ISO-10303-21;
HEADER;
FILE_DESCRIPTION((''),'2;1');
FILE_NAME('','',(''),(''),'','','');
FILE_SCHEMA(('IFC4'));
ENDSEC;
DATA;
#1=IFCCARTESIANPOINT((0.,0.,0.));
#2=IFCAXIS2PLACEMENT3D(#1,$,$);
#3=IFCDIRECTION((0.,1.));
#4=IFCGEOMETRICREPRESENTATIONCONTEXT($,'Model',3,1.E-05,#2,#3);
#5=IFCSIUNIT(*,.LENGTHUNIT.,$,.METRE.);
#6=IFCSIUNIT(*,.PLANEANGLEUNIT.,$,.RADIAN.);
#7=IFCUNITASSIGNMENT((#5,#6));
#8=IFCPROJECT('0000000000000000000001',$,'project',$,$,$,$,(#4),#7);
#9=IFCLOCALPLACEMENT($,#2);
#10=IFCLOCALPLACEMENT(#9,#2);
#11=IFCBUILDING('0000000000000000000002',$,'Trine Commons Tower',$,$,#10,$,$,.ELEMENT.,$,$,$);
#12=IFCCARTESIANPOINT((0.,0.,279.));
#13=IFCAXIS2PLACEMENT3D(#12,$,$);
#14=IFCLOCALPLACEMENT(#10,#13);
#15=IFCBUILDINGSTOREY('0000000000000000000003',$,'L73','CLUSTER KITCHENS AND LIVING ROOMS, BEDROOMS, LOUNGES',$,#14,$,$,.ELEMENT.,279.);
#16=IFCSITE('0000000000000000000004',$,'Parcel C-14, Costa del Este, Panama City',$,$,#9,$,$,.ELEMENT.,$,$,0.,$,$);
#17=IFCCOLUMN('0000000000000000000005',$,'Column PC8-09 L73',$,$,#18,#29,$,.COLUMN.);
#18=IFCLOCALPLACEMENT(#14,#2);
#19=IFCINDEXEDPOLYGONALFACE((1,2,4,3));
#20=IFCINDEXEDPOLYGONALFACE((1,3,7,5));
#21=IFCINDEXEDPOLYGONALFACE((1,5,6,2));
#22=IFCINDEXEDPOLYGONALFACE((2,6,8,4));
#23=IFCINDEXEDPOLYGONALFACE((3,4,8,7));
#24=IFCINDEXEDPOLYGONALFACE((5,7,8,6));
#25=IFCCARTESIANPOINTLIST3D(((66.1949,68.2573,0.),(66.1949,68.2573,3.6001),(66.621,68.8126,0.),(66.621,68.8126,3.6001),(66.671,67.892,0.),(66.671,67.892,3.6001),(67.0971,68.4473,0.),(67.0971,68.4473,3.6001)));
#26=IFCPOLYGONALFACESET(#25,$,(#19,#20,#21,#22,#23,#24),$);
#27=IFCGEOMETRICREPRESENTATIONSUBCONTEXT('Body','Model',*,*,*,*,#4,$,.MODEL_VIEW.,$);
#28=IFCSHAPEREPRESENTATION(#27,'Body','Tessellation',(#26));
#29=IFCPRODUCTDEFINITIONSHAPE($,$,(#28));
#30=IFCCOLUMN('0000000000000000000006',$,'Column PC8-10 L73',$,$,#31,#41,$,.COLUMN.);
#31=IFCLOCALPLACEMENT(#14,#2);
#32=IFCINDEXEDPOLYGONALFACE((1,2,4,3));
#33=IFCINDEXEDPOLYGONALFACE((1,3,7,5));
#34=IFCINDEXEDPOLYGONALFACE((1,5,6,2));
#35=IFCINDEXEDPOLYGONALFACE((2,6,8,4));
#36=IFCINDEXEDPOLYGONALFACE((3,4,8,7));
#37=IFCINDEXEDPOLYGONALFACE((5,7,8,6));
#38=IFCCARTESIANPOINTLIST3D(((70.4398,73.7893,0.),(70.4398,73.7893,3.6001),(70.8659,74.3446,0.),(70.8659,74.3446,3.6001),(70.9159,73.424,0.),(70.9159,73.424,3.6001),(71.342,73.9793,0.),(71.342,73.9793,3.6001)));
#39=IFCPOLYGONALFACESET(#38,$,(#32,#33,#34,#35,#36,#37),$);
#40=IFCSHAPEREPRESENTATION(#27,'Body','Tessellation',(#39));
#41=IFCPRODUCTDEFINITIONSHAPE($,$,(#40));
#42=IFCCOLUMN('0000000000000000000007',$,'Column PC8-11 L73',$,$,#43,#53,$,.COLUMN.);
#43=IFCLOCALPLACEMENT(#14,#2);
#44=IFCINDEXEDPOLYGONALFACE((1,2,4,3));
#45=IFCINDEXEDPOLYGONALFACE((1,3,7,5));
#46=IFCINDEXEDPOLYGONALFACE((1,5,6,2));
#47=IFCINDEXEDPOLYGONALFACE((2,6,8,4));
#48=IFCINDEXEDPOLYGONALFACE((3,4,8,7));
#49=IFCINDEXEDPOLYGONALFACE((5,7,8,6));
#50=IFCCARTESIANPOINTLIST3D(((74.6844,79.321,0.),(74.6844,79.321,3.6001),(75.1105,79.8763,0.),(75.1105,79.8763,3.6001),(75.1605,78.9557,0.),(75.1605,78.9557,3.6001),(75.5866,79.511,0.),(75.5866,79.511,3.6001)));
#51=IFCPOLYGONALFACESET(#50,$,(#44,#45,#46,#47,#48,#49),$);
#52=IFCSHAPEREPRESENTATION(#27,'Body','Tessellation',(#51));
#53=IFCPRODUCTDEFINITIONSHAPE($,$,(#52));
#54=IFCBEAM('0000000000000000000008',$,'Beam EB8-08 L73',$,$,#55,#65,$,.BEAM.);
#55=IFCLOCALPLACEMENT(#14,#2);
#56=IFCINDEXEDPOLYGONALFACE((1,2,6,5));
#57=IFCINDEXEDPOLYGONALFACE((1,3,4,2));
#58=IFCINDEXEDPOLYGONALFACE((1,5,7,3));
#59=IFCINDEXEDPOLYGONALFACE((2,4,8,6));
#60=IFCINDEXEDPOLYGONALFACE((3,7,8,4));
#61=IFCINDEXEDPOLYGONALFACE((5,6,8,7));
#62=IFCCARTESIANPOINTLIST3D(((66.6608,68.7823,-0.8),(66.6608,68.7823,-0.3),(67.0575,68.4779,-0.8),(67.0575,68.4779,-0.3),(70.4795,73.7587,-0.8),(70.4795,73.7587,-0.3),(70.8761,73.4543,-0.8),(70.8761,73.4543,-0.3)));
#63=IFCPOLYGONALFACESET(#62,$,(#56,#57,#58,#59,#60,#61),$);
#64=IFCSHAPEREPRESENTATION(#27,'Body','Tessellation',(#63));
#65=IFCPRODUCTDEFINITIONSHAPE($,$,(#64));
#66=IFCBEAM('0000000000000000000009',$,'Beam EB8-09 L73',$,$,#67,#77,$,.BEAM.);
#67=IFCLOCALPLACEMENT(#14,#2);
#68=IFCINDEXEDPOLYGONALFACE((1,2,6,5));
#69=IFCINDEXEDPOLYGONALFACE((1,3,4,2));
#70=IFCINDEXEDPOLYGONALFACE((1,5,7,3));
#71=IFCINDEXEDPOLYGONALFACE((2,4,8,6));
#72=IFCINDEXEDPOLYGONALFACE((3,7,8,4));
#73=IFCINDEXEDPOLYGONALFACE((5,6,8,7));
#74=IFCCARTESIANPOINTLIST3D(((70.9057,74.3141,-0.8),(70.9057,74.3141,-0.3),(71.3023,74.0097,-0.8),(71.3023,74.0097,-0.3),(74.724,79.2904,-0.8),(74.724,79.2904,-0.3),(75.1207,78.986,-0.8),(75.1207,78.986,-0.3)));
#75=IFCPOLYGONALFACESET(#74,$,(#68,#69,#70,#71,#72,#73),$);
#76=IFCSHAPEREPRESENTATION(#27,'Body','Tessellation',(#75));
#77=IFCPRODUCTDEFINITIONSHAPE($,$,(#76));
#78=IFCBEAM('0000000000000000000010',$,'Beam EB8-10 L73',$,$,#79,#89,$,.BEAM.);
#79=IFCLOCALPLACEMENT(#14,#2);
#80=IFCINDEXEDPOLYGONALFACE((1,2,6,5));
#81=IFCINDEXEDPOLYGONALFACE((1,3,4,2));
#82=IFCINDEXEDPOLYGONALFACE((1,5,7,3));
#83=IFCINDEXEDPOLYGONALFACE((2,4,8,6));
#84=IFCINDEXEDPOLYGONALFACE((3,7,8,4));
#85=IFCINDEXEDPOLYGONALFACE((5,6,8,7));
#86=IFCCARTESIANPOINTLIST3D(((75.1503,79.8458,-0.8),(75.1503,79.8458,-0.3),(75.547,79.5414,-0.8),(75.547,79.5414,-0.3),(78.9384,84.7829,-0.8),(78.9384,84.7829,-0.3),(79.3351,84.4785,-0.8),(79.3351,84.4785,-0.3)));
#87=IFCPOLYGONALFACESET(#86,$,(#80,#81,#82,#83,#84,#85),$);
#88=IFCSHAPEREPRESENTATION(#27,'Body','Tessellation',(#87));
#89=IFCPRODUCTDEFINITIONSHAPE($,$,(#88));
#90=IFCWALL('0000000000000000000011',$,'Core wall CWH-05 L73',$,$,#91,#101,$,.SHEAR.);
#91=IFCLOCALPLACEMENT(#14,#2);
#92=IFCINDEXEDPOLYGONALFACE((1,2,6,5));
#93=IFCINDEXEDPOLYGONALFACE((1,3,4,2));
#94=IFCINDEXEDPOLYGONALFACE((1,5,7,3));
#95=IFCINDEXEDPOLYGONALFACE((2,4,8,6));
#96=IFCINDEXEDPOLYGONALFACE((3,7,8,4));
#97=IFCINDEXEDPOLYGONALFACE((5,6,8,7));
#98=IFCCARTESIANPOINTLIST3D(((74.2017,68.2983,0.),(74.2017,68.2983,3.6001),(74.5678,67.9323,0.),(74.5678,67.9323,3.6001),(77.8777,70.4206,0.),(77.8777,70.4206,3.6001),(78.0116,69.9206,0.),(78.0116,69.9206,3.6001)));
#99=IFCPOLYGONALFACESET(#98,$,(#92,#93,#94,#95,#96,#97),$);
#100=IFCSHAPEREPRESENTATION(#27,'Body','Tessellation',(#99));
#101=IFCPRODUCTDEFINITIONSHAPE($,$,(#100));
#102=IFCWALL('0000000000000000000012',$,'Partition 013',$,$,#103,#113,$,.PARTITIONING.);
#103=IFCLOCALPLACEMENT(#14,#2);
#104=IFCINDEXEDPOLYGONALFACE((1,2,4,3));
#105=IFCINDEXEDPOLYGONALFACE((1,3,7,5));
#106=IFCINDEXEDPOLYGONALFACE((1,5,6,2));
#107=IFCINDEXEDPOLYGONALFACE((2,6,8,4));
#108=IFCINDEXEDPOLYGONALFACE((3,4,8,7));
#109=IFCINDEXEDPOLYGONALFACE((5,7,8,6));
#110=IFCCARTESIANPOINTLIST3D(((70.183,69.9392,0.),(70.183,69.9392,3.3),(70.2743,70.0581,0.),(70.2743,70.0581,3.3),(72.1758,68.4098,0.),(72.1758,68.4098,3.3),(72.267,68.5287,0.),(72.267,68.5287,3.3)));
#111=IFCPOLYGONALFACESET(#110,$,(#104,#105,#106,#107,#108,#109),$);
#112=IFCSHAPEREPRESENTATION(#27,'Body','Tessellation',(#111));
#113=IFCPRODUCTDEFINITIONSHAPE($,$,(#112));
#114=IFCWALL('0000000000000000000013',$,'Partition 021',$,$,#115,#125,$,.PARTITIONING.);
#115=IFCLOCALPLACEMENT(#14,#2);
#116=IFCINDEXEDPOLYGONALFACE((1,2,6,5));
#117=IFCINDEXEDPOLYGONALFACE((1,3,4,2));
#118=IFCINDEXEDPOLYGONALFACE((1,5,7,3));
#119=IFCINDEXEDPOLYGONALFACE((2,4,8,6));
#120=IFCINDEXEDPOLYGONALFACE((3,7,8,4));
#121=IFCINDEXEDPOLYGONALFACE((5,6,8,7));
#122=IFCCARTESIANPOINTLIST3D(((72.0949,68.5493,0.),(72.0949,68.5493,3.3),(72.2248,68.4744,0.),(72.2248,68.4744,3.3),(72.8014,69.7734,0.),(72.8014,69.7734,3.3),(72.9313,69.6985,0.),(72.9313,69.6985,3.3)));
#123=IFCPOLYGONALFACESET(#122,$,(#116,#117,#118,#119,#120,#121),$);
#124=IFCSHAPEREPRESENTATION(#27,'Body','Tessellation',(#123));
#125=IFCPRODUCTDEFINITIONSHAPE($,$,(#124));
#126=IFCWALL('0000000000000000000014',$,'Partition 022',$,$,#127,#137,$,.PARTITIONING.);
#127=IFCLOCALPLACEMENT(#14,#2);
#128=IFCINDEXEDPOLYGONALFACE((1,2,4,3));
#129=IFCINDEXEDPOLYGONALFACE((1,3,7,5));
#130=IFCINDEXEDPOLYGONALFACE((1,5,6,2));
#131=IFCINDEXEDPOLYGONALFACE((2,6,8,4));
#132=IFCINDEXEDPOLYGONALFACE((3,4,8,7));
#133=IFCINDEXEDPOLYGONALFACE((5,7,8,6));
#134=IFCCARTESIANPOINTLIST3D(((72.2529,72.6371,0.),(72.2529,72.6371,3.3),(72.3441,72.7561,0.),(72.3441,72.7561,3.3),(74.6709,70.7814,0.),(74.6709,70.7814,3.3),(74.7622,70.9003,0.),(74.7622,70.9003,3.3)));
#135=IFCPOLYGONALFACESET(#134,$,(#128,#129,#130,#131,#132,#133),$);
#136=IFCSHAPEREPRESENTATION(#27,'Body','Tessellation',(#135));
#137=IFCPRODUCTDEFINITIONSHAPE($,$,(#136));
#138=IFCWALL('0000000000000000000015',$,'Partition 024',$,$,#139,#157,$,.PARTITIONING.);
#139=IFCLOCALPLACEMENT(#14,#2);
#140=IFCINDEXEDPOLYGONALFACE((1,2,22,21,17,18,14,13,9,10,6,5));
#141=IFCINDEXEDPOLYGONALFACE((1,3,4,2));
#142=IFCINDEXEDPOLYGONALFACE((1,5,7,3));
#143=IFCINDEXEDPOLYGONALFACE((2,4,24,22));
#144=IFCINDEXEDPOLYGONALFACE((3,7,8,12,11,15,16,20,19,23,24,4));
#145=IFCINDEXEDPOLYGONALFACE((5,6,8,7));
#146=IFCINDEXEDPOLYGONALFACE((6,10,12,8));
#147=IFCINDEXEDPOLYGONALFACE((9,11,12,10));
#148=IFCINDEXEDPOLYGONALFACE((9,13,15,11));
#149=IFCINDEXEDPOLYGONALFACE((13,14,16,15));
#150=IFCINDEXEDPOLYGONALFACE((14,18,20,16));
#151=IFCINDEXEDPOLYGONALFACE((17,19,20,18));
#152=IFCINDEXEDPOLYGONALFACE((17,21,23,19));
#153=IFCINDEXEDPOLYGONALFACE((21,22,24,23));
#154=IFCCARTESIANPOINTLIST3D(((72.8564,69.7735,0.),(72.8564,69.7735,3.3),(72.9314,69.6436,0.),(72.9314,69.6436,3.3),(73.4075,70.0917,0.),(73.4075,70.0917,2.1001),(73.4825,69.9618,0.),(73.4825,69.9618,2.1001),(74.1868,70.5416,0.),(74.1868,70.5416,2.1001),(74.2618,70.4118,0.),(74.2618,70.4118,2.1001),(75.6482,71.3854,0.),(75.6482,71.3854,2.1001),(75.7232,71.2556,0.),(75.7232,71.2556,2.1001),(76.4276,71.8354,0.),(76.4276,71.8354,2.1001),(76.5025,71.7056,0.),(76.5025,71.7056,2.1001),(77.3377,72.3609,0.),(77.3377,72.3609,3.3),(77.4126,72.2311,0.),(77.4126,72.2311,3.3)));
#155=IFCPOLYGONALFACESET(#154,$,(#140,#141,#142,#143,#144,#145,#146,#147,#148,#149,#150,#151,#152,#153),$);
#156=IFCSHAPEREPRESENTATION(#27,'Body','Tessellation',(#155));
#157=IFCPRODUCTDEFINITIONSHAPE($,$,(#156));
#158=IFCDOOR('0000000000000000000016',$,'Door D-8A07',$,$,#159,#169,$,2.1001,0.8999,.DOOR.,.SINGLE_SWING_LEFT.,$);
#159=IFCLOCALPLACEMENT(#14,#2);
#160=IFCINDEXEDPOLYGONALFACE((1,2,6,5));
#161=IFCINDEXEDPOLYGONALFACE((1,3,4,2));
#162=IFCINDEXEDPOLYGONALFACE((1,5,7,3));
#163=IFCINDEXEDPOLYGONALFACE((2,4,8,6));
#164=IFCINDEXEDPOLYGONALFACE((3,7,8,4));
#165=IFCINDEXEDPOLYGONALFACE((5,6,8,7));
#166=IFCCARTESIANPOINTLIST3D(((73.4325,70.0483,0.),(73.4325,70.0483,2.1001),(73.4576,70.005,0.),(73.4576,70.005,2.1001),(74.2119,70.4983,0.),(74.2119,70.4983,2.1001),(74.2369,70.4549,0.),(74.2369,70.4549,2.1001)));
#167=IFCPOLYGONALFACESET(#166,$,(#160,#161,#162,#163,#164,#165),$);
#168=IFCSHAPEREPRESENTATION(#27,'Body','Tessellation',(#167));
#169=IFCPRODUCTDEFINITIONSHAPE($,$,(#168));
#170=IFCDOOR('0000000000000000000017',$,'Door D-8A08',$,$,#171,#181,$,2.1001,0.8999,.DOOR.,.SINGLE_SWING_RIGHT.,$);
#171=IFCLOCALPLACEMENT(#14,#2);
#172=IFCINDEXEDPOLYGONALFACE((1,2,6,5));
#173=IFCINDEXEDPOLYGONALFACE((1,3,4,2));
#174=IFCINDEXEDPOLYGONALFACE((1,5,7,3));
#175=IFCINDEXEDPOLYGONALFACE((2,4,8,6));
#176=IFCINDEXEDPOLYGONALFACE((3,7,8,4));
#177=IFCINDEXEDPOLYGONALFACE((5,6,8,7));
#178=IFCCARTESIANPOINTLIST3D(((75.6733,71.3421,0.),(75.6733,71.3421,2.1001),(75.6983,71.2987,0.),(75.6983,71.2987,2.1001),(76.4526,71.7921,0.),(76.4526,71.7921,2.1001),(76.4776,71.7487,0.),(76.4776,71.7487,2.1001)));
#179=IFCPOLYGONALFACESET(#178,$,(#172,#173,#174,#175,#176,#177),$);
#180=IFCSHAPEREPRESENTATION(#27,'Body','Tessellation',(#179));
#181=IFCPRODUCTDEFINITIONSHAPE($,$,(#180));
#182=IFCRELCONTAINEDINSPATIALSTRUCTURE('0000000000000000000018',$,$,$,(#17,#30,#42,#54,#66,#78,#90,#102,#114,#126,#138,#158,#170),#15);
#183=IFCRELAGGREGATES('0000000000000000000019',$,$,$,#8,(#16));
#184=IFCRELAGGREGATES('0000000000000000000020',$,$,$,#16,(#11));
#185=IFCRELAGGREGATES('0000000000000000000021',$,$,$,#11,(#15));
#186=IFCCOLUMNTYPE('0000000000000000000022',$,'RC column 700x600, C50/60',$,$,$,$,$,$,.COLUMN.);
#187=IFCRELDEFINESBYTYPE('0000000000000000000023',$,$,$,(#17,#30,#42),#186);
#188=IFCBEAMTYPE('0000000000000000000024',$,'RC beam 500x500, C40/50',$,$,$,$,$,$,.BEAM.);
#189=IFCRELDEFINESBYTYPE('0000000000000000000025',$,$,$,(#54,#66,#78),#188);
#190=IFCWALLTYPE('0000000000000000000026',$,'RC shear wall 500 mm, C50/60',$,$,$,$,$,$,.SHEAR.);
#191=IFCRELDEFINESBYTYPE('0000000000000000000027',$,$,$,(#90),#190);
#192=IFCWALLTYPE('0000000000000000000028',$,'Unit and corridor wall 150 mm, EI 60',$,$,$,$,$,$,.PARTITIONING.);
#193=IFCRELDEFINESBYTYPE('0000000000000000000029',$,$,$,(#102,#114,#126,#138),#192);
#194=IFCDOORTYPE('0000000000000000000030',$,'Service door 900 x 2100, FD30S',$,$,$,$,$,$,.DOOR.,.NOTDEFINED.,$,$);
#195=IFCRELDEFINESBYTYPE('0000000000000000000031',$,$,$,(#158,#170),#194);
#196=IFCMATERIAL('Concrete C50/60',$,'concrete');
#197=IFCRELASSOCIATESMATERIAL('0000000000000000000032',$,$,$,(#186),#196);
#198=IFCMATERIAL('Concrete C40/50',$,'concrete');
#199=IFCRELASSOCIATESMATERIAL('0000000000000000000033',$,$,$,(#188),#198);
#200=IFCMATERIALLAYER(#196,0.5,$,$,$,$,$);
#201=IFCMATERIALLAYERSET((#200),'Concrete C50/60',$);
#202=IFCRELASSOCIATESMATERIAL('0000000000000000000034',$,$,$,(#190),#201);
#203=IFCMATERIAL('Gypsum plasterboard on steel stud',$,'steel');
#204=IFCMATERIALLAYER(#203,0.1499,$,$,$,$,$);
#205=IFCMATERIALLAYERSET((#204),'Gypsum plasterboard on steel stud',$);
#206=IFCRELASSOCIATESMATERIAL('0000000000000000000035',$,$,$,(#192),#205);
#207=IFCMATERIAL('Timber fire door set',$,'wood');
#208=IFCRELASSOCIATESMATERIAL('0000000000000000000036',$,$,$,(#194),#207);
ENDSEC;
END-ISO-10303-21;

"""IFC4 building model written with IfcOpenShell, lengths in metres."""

from ifc_helpers import new_model, si_unit, direction, frame, frame_2d, origin, origin_2d, place, context, subcontext, project, spatial, polyline, rectangle, outline, extrude, material, layer, layer_set, material_profile, profile_set, type_object, element, fill, save


model = new_model("IFC4")

# Units and contexts
model_context = context("Model", 3, precision=1e-05, world=origin(), true_north=direction((0.0, 1.0)))
body_context = subcontext(model_context, "Body", "Model", "MODEL_VIEW")
ifc_project = project(units=[si_unit("LENGTHUNIT", "METRE"), si_unit("PLANEANGLEUNIT", "RADIAN")], contexts=[model_context])

# Site, building, storey
site_placement = place(None, origin())
site = spatial("IfcSite", under=ifc_project, at=site_placement, Name="Parcel C-14, Costa del Este, Panama City", CompositionType="ELEMENT", RefElevation=0.0)
building_placement = place(site_placement, origin())
building = spatial("IfcBuilding", under=site, at=building_placement, Name="Trine Commons Tower", CompositionType="ELEMENT")
storey_placement = place(building_placement, frame((0.0, 0.0, 279.0)))
storey = spatial("IfcBuildingStorey", under=building, at=storey_placement, Name="L73", Description="CLUSTER KITCHENS AND LIVING ROOMS, BEDROOMS, LOUNGES", CompositionType="ELEMENT", Elevation=279.0)

# Columns
ifc_material_1 = material(Name="Concrete C50/60", Category="concrete")
ifc_material_profile_1 = material_profile(ifc_material_1, rectangle(XDim=0.7, YDim=0.6001, at=origin_2d()), Name="RC 700x600")
ifc_profile_set_1 = profile_set([ifc_material_profile_1], Name="Concrete C50/60")
column_type = type_object("IfcColumnType", Name="RC column 700x600, C50/60", PredefinedType="COLUMN", material=ifc_profile_set_1)
for number, where, z_axis, x_axis, name in (
    (1, (66.646, 68.3523, 0.0), (0.0, 0.0, 1.0), (0.608761, 0.793353, 0.0), "Column PC8-09 L73"),
    (2, (70.8909, 73.8843, 0.0), (0.0, 0.0, 1.0), (0.608761, 0.793353, 0.0), "Column PC8-10 L73"),
    (3, (75.1355, 79.416, 0.0), (0.0, 0.0, 1.0), (0.608761, 0.793353, 0.0), "Column PC8-11 L73"),
):
    element("IfcColumn", number, at=place(storey_placement, frame(where, z_axis=z_axis, x_axis=x_axis)), inside=storey, type_object=column_type, Name=name, PredefinedType="COLUMN", context=body_context, shape_type="SweptSolid", body=[
        extrude(rectangle(XDim=0.7, YDim=0.6001, at=origin_2d()), origin(), (0.0, 0.0, 1.0), 3.6001),
    ])

# Beams
ifc_material_2 = material(Name="Concrete C40/50", Category="concrete")
ifc_material_profile_2 = material_profile(ifc_material_2, rectangle(XDim=0.5, YDim=0.5, at=origin_2d()), Name="RC 500x500")
ifc_profile_set_2 = profile_set([ifc_material_profile_2], Name="Concrete C40/50")
beam_type = type_object("IfcBeamType", Name="RC beam 500x500, C40/50", PredefinedType="BEAM", material=ifc_profile_set_2)
beam_1_placement = place(storey_placement, frame((66.8591, 68.6301, -0.55), z_axis=(0.608775, 0.793343, 0.0), x_axis=(-0.793343, 0.608775, 0.0)))
element("IfcBeam", 4, at=beam_1_placement, inside=storey, type_object=beam_type, Name="Beam EB8-08 L73", PredefinedType="BEAM", context=body_context, shape_type="SweptSolid", body=[
    extrude(rectangle(XDim=0.5, YDim=0.5, at=origin_2d()), origin(), (0.0, 0.0, 1.0), 6.2727),
])
beam_2_placement = place(storey_placement, frame((71.104, 74.1619, -0.55), z_axis=(0.608751, 0.793361, 0.0), x_axis=(-0.793361, 0.608751, 0.0)))
element("IfcBeam", 5, at=beam_2_placement, inside=storey, type_object=beam_type, Name="Beam EB8-09 L73", PredefinedType="BEAM", context=body_context, shape_type="SweptSolid", body=[
    extrude(rectangle(XDim=0.5, YDim=0.5, at=origin_2d()), origin(), (0.0, 0.0, 1.0), 6.2725),
])
beam_3_placement = place(storey_placement, frame((75.3486, 79.6936, -0.55), z_axis=(0.60874, 0.79337, 0.0), x_axis=(-0.79337, 0.60874, 0.0)))
element("IfcBeam", 6, at=beam_3_placement, inside=storey, type_object=beam_type, Name="Beam EB8-10 L73", PredefinedType="BEAM", context=body_context, shape_type="SweptSolid", body=[
    extrude(rectangle(XDim=0.5, YDim=0.5, at=origin_2d()), origin(), (0.0, 0.0, 1.0), 6.2229),
])

# Walls
ifc_layer_1 = layer(ifc_material_1, 0.5)
ifc_layer_set_1 = layer_set([ifc_layer_1], Name="Concrete C50/60")
wall_type_1 = type_object("IfcWallType", Name="RC shear wall 500 mm, C50/60", PredefinedType="SHEAR", material=ifc_layer_set_1)
wall_1_placement = place(storey_placement, frame((78.0027, 70.2041, 0.0), z_axis=(0.0, 0.0, 1.0), x_axis=(-0.866029, -0.499993, 0.0)))
element("IfcWall", 7, at=wall_1_placement, inside=storey, type_object=wall_type_1, Name="Core wall CWH-05 L73", PredefinedType="SHEAR", context=body_context, shape_type="SweptSolid", body=[
    extrude(outline(polyline([(0.0, -0.25), (4.2446, -0.25), (4.1106, 0.25), (0.134, 0.25), (0.0, -0.25)])), origin(), (0.0, 0.0, 1.0), 3.6001),
])
ifc_material_3 = material(Name="Gypsum plasterboard on steel stud", Category="steel")
ifc_layer_2 = layer(ifc_material_3, 0.1499)
ifc_layer_set_2 = layer_set([ifc_layer_2], Name="Gypsum plasterboard on steel stud")
wall_type_2 = type_object("IfcWallType", Name="Unit and corridor wall 150 mm, EI 60", PredefinedType="PARTITIONING", material=ifc_layer_set_2)
wall_2_placement = place(storey_placement, frame((70.2288, 69.9985, 0.0), z_axis=(0.0, 0.0, 1.0), x_axis=(0.793303, -0.608827, 0.0)))
element("IfcWall", 8, at=wall_2_placement, inside=storey, type_object=wall_type_2, Name="Partition 013", PredefinedType="PARTITIONING", context=body_context, shape_type="SweptSolid", body=[
    extrude(rectangle(XDim=2.512, YDim=0.1499, at=frame_2d((1.2559, 0.0))), origin(), (0.0, 0.0, 1.0), 3.3),
])
wall_3_placement = place(storey_placement, frame((72.1599, 68.512, 0.0), z_axis=(0.0, 0.0, 1.0), x_axis=(0.499892, 0.866088, 0.0)))
element("IfcWall", 9, at=wall_3_placement, inside=storey, type_object=wall_type_2, Name="Partition 021", PredefinedType="PARTITIONING", context=body_context, shape_type="SweptSolid", body=[
    extrude(rectangle(XDim=1.4133, YDim=0.1499, at=frame_2d((0.7065, 0.0))), origin(), (0.0, 0.0, 1.0), 3.3),
])
wall_4_placement = place(storey_placement, frame((72.2986, 72.6965, 0.0), z_axis=(0.0, 0.0, 1.0), x_axis=(0.793299, -0.608832, 0.0)))
element("IfcWall", 10, at=wall_4_placement, inside=storey, type_object=wall_type_2, Name="Partition 022", PredefinedType="PARTITIONING", context=body_context, shape_type="SweptSolid", body=[
    extrude(rectangle(XDim=3.0481, YDim=0.1499, at=frame_2d((1.5239, 0.0))), origin(), (0.0, 0.0, 1.0), 3.3),
])

# Wall, openings, doors
wall_5_placement = place(storey_placement, frame((72.8938, 69.7085, 0.0), z_axis=(0.0, 0.0, 1.0), x_axis=(0.86601, 0.500026, 0.0)))
wall_5 = element("IfcWall", 11, at=wall_5_placement, inside=storey, type_object=wall_type_2, Name="Partition 024", PredefinedType="PARTITIONING", context=body_context, shape_type="SweptSolid", body=[
    extrude(rectangle(XDim=5.1746, YDim=0.1499, at=frame_2d((2.5874, 0.0))), origin(), (0.0, 0.0, 1.0), 3.3),
])
opening_1_placement = place(wall_5_placement, frame((0.6365, 0.0, 0.0)))
opening_1 = element("IfcOpeningElement", 12, at=opening_1_placement, cuts=wall_5, PredefinedType="OPENING", context=body_context, shape_type="SweptSolid", body=[
    extrude(rectangle(XDim=0.8999, YDim=2.1001, at=frame_2d((0.45, 1.05))), frame((0.0, 0.085, 0.0), z_axis=(0.0, -1.0, 0.0), x_axis=(1.0, 0.0, 0.0)), (0.0, 0.0, 1.0), 0.1699),
])
opening_2_placement = place(wall_5_placement, frame((3.2239, 0.0, 0.0)))
opening_2 = element("IfcOpeningElement", 13, at=opening_2_placement, cuts=wall_5, PredefinedType="OPENING", context=body_context, shape_type="SweptSolid", body=[
    extrude(rectangle(XDim=0.8999, YDim=2.1001, at=frame_2d((0.45, 1.05))), frame((0.0, 0.085, 0.0), z_axis=(0.0, -1.0, 0.0), x_axis=(1.0, 0.0, 0.0)), (0.0, 0.0, 1.0), 0.1699),
])
ifc_material_4 = material(Name="Timber fire door set", Category="wood")
door_type_1 = type_object("IfcDoorType", Name="Service door 900 x 2100, FD30S", OperationType="NOTDEFINED", PredefinedType="DOOR", material=ifc_material_4)
door_1_placement = place(opening_1_placement, origin())
door_1 = element("IfcDoor", 14, at=door_1_placement, inside=storey, type_object=door_type_1, Name="Door D-8A07", OperationType="SINGLE_SWING_LEFT", OverallHeight=2.1001, OverallWidth=0.8999, PredefinedType="DOOR", context=body_context, shape_type="SweptSolid", body=[
    extrude(rectangle(XDim=0.8999, YDim=2.1001, at=frame_2d((0.45, 1.05))), frame((0.0, 0.0249, 0.0), z_axis=(0.0, -1.0, 0.0), x_axis=(1.0, 0.0, 0.0)), (0.0, 0.0, 1.0), 0.05),
])
fill(opening_1, door_1)
door_2_placement = place(opening_2_placement, origin())
door_2 = element("IfcDoor", 15, at=door_2_placement, inside=storey, type_object=door_type_1, Name="Door D-8A08", OperationType="SINGLE_SWING_RIGHT", OverallHeight=2.1001, OverallWidth=0.8999, PredefinedType="DOOR", context=body_context, shape_type="SweptSolid", body=[
    extrude(rectangle(XDim=0.8999, YDim=2.1001, at=frame_2d((0.45, 1.05))), frame((0.0, 0.0249, 0.0), z_axis=(0.0, -1.0, 0.0), x_axis=(1.0, 0.0, 0.0)), (0.0, 0.0, 1.0), 0.05),
])
fill(opening_2, door_2)

save(model, "model.ifc")
